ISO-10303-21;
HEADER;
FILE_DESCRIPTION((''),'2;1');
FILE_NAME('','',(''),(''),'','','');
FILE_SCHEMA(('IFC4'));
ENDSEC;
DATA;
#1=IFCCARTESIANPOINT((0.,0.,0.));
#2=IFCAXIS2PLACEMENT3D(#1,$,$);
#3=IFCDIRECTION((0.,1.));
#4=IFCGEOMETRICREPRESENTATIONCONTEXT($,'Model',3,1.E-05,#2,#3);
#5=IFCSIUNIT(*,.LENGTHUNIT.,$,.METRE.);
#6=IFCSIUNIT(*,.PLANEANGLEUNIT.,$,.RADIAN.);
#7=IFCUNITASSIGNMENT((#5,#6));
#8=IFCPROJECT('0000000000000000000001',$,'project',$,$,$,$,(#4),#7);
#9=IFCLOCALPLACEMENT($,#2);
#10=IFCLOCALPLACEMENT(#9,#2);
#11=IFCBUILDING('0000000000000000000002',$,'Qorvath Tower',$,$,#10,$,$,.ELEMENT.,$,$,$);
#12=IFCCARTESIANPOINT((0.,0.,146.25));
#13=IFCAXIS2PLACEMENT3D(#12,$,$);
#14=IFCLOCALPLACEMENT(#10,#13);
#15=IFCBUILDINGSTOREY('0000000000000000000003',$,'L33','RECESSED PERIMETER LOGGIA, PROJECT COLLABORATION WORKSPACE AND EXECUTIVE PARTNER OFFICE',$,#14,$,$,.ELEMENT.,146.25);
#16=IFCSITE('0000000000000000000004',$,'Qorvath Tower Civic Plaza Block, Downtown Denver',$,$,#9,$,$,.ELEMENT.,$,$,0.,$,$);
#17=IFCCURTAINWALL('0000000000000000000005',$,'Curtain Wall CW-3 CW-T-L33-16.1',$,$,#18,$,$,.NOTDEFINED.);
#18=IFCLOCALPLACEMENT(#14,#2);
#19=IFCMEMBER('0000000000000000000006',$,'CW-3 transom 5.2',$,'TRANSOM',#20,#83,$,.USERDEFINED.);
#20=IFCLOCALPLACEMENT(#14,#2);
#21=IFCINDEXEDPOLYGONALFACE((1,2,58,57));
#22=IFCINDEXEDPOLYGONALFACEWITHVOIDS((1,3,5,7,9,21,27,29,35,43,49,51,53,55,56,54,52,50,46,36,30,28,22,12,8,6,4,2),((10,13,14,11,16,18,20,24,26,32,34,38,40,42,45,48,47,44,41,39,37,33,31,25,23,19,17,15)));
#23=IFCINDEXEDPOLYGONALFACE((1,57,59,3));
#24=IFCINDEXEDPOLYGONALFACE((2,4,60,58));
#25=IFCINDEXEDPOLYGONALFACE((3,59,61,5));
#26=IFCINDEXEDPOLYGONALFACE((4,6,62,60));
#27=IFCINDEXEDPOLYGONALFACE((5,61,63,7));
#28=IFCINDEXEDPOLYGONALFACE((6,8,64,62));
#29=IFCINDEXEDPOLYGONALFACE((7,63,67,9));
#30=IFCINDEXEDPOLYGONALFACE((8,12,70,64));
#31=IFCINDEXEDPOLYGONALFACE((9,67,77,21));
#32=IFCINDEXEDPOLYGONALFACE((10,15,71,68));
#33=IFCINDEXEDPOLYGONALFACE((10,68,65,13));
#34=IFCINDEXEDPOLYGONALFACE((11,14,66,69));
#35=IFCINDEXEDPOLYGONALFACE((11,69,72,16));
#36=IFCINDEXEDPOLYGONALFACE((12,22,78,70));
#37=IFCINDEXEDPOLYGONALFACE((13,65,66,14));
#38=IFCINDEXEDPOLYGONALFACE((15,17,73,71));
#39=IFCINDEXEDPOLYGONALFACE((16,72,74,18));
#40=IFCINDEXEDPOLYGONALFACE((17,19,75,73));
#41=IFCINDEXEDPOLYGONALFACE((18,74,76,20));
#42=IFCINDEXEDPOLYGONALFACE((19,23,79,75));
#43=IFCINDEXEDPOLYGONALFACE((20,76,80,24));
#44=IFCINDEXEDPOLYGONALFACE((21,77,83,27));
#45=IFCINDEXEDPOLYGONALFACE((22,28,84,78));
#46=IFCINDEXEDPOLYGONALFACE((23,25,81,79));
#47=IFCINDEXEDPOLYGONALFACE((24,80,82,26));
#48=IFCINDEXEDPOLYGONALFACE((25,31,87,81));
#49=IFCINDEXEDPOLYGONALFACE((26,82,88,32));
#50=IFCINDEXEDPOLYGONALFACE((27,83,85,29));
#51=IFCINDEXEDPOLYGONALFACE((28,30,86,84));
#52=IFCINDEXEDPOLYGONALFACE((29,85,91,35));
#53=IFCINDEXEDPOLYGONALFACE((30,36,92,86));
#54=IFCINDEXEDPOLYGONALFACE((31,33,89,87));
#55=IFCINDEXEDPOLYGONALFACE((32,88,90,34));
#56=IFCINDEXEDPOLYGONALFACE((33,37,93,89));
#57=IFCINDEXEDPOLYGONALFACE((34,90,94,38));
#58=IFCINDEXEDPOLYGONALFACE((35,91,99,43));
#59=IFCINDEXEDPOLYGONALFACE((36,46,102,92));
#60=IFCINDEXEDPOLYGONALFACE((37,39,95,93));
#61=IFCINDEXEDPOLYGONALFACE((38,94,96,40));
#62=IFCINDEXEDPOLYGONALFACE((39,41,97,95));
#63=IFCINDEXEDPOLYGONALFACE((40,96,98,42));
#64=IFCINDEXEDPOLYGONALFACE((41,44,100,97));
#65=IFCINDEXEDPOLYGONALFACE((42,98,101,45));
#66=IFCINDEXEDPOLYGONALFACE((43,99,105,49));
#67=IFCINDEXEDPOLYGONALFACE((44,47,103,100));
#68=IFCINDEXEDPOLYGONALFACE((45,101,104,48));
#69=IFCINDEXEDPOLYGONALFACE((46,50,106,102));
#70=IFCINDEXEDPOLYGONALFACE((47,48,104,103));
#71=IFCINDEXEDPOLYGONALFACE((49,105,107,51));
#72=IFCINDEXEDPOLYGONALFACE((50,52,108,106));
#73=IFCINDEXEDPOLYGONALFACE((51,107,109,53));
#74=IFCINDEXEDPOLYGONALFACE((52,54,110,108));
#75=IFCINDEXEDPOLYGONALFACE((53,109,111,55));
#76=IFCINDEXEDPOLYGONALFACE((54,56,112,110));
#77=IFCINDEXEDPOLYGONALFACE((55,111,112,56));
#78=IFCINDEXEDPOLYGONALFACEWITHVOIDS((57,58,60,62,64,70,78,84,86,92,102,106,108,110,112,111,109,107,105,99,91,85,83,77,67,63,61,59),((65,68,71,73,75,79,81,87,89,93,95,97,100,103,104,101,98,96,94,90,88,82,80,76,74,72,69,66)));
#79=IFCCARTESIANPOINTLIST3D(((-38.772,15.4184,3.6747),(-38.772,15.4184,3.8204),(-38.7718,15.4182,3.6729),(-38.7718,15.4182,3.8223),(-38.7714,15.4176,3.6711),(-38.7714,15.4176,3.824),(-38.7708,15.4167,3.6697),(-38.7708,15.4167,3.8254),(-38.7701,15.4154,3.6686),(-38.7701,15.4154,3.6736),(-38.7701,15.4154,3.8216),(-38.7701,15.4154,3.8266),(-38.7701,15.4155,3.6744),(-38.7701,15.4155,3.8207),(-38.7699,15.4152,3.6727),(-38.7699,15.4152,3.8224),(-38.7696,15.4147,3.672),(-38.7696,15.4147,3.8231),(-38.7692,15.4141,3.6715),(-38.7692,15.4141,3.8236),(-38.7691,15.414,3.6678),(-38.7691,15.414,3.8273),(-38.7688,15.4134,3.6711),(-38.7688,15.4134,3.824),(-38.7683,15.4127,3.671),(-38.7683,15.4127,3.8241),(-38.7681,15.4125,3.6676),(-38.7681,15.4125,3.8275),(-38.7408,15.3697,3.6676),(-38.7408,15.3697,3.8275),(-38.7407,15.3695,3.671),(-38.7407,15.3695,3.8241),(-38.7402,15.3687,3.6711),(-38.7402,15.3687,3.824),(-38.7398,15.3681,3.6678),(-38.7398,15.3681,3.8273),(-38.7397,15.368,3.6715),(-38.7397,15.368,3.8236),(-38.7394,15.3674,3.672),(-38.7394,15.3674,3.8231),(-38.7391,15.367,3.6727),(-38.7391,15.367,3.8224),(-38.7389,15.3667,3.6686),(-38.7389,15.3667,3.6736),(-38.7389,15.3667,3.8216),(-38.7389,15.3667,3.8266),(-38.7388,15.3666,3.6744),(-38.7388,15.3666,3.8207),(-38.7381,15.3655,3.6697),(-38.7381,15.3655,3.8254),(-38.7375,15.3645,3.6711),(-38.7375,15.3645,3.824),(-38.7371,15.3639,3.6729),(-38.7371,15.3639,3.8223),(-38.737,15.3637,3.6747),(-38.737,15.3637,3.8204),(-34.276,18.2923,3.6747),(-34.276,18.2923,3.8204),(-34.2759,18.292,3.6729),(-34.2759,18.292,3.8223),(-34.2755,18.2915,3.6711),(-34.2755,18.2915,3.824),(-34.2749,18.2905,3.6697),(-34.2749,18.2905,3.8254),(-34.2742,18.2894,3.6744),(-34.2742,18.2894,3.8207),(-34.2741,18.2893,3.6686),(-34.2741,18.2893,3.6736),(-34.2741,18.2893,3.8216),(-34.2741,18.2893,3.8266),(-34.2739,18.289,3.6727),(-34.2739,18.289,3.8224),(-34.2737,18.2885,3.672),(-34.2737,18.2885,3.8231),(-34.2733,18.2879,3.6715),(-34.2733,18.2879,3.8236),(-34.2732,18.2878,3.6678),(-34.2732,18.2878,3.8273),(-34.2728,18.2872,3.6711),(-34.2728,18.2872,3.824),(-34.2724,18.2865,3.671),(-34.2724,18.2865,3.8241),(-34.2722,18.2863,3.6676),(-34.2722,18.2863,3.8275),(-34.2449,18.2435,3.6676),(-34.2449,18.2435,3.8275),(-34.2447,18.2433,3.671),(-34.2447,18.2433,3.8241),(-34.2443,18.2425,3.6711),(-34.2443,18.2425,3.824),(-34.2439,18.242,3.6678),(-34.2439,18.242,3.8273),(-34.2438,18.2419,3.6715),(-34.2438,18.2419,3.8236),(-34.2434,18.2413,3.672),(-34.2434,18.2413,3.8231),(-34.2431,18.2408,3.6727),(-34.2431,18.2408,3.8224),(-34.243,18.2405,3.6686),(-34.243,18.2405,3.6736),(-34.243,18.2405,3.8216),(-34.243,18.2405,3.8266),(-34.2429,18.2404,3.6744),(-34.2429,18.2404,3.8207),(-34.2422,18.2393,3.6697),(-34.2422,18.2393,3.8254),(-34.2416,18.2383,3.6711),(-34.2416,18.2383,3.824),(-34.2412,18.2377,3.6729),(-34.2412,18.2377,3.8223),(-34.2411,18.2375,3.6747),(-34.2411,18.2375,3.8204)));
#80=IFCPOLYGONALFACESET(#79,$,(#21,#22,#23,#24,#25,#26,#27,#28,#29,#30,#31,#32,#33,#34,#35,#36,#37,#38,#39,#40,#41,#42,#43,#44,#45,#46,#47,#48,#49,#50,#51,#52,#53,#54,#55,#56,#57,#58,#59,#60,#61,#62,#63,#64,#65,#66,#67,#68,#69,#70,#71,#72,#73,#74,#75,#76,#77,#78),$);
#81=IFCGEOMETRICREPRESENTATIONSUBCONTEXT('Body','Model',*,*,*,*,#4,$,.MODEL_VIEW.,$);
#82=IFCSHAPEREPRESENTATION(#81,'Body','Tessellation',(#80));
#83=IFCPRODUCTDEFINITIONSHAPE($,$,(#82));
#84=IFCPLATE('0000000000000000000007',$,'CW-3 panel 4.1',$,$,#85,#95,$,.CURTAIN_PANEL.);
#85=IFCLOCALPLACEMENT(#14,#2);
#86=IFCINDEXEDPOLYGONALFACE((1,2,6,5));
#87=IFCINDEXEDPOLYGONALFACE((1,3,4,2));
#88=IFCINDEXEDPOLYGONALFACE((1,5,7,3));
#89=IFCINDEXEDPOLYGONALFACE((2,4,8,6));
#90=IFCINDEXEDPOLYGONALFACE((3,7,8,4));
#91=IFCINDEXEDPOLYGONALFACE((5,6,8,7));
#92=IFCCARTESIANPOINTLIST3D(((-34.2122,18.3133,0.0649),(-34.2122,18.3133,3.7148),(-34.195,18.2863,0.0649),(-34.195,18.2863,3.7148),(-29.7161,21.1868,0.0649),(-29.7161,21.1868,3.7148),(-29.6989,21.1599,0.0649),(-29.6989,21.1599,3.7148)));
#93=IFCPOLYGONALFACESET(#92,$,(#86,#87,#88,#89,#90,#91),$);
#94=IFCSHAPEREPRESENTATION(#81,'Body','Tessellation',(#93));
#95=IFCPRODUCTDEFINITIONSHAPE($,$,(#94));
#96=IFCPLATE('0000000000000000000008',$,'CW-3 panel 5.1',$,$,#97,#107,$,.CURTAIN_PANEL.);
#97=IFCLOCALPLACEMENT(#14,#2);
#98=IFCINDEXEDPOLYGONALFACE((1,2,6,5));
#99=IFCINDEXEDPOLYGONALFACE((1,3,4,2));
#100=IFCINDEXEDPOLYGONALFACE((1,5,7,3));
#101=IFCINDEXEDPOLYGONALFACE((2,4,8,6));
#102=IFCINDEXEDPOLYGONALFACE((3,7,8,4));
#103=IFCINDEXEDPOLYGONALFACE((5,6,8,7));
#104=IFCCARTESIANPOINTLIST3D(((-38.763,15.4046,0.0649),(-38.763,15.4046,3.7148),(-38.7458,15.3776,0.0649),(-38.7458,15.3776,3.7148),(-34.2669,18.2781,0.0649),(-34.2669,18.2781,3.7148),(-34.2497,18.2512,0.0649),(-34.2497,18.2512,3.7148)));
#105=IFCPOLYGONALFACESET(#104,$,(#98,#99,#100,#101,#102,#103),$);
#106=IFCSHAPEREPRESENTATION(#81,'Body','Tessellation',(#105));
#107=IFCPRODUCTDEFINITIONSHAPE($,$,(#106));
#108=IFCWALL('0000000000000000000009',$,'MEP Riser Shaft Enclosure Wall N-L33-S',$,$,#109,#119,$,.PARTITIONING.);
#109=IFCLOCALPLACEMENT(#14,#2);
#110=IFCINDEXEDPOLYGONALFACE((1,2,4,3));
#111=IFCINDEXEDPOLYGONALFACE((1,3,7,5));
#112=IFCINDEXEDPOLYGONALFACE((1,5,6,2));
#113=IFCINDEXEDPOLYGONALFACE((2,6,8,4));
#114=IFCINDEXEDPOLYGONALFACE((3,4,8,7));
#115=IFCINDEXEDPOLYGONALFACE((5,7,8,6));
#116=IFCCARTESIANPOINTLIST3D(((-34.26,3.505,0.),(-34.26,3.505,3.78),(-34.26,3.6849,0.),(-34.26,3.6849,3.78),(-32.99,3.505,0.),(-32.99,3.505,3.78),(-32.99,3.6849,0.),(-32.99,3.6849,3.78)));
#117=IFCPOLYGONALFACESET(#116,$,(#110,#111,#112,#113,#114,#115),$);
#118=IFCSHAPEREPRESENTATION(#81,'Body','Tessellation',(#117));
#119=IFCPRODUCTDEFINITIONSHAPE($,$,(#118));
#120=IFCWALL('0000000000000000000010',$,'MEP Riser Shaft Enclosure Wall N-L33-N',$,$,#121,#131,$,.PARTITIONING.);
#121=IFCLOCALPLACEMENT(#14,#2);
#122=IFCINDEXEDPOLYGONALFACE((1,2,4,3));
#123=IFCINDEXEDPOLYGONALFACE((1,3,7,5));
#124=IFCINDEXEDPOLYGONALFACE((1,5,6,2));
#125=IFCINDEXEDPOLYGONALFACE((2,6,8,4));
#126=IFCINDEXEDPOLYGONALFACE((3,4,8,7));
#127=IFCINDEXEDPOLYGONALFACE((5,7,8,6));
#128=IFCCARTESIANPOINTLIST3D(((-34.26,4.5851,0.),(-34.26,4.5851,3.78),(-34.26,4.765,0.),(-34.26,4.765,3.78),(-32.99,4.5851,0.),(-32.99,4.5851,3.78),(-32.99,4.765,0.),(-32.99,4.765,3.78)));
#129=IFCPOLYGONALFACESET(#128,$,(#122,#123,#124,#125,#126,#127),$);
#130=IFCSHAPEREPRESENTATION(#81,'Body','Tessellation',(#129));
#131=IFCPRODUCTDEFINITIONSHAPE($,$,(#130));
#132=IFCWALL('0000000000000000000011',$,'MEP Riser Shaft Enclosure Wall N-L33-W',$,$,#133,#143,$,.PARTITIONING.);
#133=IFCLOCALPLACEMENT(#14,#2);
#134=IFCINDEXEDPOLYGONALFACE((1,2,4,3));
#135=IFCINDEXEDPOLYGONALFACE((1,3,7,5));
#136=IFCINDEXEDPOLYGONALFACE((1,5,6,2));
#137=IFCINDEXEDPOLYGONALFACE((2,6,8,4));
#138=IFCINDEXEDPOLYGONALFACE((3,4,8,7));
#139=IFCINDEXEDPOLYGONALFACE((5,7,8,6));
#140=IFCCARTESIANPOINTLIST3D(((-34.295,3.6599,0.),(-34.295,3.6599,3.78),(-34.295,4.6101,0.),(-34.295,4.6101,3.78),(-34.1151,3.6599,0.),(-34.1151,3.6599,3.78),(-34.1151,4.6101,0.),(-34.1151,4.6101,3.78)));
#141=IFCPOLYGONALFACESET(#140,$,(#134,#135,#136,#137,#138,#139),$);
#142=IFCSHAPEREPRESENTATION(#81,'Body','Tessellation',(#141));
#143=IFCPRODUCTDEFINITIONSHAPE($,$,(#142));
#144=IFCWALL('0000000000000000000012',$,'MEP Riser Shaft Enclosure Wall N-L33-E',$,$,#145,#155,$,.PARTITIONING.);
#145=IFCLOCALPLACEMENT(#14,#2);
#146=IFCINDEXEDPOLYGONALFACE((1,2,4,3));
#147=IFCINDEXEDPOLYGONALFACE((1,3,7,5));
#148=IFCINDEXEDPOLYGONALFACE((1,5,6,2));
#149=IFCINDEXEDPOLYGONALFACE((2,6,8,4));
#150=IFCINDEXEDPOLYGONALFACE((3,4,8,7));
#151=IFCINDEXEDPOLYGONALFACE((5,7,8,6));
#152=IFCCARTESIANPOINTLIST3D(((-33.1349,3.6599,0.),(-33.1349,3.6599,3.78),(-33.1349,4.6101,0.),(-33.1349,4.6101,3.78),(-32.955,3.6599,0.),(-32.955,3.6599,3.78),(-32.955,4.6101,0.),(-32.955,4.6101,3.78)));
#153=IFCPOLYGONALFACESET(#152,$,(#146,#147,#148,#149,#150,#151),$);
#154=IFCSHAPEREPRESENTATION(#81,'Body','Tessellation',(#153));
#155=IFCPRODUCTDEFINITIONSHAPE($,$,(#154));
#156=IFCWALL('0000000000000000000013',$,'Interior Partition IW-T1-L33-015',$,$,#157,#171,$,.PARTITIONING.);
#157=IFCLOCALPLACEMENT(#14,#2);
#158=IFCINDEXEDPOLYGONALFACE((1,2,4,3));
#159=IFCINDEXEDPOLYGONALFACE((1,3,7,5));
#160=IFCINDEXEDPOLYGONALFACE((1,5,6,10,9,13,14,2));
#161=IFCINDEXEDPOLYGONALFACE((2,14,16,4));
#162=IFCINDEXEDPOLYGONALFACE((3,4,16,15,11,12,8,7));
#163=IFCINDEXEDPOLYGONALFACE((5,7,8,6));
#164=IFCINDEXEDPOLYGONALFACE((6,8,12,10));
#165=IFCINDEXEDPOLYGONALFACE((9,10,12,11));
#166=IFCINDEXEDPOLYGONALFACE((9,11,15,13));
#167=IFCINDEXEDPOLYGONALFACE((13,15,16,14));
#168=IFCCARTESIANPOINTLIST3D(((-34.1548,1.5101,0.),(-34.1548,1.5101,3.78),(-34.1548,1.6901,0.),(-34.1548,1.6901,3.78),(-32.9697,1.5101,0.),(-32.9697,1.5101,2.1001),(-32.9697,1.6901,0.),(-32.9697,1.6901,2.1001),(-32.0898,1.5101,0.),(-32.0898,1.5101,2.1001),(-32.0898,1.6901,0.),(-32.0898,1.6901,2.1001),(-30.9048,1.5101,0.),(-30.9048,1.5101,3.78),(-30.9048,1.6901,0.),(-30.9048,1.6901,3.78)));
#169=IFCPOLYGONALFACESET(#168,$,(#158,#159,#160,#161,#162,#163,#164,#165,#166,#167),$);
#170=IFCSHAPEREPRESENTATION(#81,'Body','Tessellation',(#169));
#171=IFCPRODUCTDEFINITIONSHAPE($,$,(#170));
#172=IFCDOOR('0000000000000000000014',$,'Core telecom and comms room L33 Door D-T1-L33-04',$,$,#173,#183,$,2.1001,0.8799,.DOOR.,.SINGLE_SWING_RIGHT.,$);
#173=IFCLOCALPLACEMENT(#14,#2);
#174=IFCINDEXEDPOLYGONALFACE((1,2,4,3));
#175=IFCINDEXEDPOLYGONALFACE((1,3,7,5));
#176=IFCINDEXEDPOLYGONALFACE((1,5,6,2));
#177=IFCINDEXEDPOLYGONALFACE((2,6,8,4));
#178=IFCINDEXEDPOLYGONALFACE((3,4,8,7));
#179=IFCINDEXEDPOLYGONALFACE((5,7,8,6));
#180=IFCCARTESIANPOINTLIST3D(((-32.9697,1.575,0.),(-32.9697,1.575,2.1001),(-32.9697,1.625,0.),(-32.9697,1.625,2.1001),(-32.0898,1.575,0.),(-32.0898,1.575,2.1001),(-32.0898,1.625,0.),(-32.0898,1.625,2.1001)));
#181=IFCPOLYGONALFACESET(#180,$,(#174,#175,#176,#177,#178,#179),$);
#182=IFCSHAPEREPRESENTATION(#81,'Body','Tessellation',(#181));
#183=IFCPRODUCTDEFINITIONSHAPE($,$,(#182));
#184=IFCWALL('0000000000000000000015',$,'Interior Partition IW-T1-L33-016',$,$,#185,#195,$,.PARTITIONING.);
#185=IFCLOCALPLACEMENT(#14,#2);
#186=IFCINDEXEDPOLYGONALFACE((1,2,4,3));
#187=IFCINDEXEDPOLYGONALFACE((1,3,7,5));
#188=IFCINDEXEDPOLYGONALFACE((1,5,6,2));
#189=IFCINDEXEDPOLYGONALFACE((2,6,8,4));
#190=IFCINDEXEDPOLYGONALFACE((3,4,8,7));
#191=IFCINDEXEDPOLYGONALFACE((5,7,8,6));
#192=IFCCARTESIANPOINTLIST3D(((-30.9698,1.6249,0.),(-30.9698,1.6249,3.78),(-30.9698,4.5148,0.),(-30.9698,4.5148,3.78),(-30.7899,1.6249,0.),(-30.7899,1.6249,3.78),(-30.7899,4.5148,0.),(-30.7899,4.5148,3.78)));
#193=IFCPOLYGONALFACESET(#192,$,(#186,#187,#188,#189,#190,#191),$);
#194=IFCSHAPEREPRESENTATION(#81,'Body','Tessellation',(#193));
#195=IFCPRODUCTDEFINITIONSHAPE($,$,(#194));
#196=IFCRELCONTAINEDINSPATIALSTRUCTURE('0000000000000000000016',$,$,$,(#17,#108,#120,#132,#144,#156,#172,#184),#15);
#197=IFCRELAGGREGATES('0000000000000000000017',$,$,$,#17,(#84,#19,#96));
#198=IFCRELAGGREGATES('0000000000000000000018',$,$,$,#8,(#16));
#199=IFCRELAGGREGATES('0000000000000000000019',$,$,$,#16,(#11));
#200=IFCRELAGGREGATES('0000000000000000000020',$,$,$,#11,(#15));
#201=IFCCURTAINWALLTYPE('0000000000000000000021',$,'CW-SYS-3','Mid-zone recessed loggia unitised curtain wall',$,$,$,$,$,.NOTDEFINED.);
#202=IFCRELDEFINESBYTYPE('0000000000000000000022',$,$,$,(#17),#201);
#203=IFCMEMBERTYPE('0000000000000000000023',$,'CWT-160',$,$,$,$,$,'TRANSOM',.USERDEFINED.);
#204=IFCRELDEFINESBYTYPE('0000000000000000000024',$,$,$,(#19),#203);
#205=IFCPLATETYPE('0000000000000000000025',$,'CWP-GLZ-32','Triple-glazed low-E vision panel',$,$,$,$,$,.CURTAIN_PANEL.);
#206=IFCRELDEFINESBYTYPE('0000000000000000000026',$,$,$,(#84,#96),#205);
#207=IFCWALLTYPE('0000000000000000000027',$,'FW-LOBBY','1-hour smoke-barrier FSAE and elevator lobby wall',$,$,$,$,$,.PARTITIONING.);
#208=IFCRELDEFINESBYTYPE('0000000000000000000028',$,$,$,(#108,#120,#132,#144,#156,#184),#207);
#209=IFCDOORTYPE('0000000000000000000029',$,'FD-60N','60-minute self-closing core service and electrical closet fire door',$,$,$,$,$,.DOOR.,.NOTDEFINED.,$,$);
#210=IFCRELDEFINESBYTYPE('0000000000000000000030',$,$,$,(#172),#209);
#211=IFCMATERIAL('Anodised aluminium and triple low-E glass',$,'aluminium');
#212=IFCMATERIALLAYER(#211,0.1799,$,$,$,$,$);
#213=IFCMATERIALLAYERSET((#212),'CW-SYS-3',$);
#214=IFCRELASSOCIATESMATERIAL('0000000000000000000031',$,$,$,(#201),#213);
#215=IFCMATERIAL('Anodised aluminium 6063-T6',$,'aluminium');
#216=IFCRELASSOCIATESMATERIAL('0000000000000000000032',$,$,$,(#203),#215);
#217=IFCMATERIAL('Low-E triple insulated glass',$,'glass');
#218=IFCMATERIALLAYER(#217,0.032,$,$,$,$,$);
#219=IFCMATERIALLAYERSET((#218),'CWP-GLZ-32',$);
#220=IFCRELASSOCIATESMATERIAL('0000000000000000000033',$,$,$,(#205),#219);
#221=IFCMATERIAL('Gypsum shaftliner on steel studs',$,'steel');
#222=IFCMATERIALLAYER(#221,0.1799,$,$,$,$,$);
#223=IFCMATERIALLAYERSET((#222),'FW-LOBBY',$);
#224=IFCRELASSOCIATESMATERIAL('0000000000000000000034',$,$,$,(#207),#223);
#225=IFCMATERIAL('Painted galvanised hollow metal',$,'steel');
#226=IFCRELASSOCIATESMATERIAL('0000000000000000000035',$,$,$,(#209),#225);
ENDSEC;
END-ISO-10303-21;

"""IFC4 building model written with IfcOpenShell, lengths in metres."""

from ifc_helpers import new_model, si_unit, direction, frame, frame_2d, origin, origin_2d, place, context, subcontext, project, spatial, rectangle, hollow_rectangle, extrude, material, layer, layer_set, material_profile, profile_set, type_object, element, fill, aggregate, save


model = new_model("IFC4")

# Units and contexts
model_context = context("Model", 3, precision=1e-05, world=origin(), true_north=direction((0.0, 1.0)))
body_context = subcontext(model_context, "Body", "Model", "MODEL_VIEW")
ifc_project = project(units=[si_unit("LENGTHUNIT", "METRE"), si_unit("PLANEANGLEUNIT", "RADIAN")], contexts=[model_context])

# Site, building, storey
site_placement = place(None, origin())
site = spatial("IfcSite", under=ifc_project, at=site_placement, Name="Qorvath Tower Civic Plaza Block, Downtown Denver", CompositionType="ELEMENT", RefElevation=0.0)
building_placement = place(site_placement, origin())
building = spatial("IfcBuilding", under=site, at=building_placement, Name="Qorvath Tower", CompositionType="ELEMENT")
storey_placement = place(building_placement, frame((0.0, 0.0, 146.25)))
storey = spatial("IfcBuildingStorey", under=building, at=storey_placement, Name="L33", Description="RECESSED PERIMETER LOGGIA, PROJECT COLLABORATION WORKSPACE AND EXECUTIVE PARTNER OFFICE", CompositionType="ELEMENT", Elevation=146.25)

# Curtain wall, member, plates
ifc_material_1 = material(Name="Anodised aluminium and triple low-E glass", Category="aluminium")
ifc_layer_1 = layer(ifc_material_1, 0.1799)
ifc_layer_set_1 = layer_set([ifc_layer_1], Name="CW-SYS-3")
curtain_wall_type = type_object("IfcCurtainWallType", Name="CW-SYS-3", Description="Mid-zone recessed loggia unitised curtain wall", PredefinedType="NOTDEFINED", material=ifc_layer_set_1)
curtain_wall_placement = place(storey_placement, origin())
curtain_wall = element("IfcCurtainWall", 1, at=curtain_wall_placement, inside=storey, type_object=curtain_wall_type, Name="Curtain Wall CW-3 CW-T-L33-16.1", PredefinedType="NOTDEFINED")
ifc_material_2 = material(Name="Anodised aluminium 6063-T6", Category="aluminium")
ifc_material_profile_1 = material_profile(ifc_material_2, hollow_rectangle(XDim=0.0649, YDim=0.1599, WallThickness=0.0034, InnerFilletRadius=0.0034, OuterFilletRadius=0.0071, at=origin_2d()), Name="CWT 160x65")
ifc_profile_set_1 = profile_set([ifc_material_profile_1], Name="Anodised aluminium 6063-T6")
member_type_1 = type_object("IfcMemberType", Name="CWT-160", ElementType="TRANSOM", PredefinedType="USERDEFINED", material=ifc_profile_set_1)
member_1_placement = place(storey_placement, frame((-34.2585, 18.2649, 3.7476), z_axis=(-0.842575, -0.53858, 0.0), x_axis=(0.53858, -0.842575, 0.0)))
member_1 = element("IfcMember", 2, at=member_1_placement, type_object=member_type_1, Name="CW-3 transom 5.2", ObjectType="TRANSOM", PredefinedType="USERDEFINED", context=body_context, shape_type="SweptSolid", body=[
    extrude(hollow_rectangle(XDim=0.0649, YDim=0.1599, WallThickness=0.0034, InnerFilletRadius=0.0034, OuterFilletRadius=0.0071, at=origin_2d()), origin(), (0.0, 0.0, 1.0), 5.3359),
])
ifc_material_3 = material(Name="Low-E triple insulated glass", Category="glass")
ifc_layer_2 = layer(ifc_material_3, 0.032)
ifc_layer_set_2 = layer_set([ifc_layer_2], Name="CWP-GLZ-32")
plate_type = type_object("IfcPlateType", Name="CWP-GLZ-32", Description="Triple-glazed low-E vision panel", PredefinedType="CURTAIN_PANEL", material=ifc_layer_set_2)
plate_1_placement = place(storey_placement, frame((-31.9556, 19.7366, 0.0649), z_axis=(0.0, 0.0, 1.0), x_axis=(-0.842604, -0.538533, 0.0)))
plate_1 = element("IfcPlate", 3, at=plate_1_placement, type_object=plate_type, Name="CW-3 panel 4.1", PredefinedType="CURTAIN_PANEL", context=body_context, shape_type="SweptSolid", body=[
    extrude(rectangle(XDim=5.3359, YDim=0.032, at=origin_2d()), origin(), (0.0, 0.0, 1.0), 3.6499),
])
plate_2_placement = place(storey_placement, frame((-36.5063, 16.8279, 0.0649), z_axis=(0.0, 0.0, 1.0), x_axis=(-0.842604, -0.538533, 0.0)))
plate_2 = element("IfcPlate", 4, at=plate_2_placement, type_object=plate_type, Name="CW-3 panel 5.1", PredefinedType="CURTAIN_PANEL", context=body_context, shape_type="SweptSolid", body=[
    extrude(rectangle(XDim=5.3359, YDim=0.032, at=origin_2d()), origin(), (0.0, 0.0, 1.0), 3.6499),
])
aggregate(curtain_wall, [plate_1, member_1, plate_2])

# Walls
ifc_material_4 = material(Name="Gypsum shaftliner on steel studs", Category="steel")
ifc_layer_3 = layer(ifc_material_4, 0.1799)
ifc_layer_set_3 = layer_set([ifc_layer_3], Name="FW-LOBBY")
wall_type_1 = type_object("IfcWallType", Name="FW-LOBBY", Description="1-hour smoke-barrier FSAE and elevator lobby wall", PredefinedType="PARTITIONING", material=ifc_layer_set_3)
for number, where, z_axis, x_axis, name in (
    (5, (-32.99, 3.595, 0.0), (0.0, 0.0, 1.0), (-1.0, 0.0, 0.0), "MEP Riser Shaft Enclosure Wall N-L33-S"),
    (6, (-34.26, 4.675, 0.0), (0.0, 0.0, 1.0), (1.0, 0.0, 0.0), "MEP Riser Shaft Enclosure Wall N-L33-N"),
):
    element("IfcWall", number, at=place(storey_placement, frame(where, z_axis=z_axis, x_axis=x_axis)), inside=storey, type_object=wall_type_1, Name=name, PredefinedType="PARTITIONING", context=body_context, shape_type="SweptSolid", body=[
        extrude(rectangle(XDim=1.27, YDim=0.1799, at=frame_2d((0.635, 0.0))), origin(), (0.0, 0.0, 1.0), 3.78),
    ])
for number, where, z_axis, x_axis, name in (
    (7, (-34.2051, 3.6599, 0.0), (0.0, 0.0, 1.0), (0.0, 1.0, 0.0), "MEP Riser Shaft Enclosure Wall N-L33-W"),
    (8, (-33.0449, 4.6101, 0.0), (0.0, 0.0, 1.0), (0.0, -1.0, 0.0), "MEP Riser Shaft Enclosure Wall N-L33-E"),
):
    element("IfcWall", number, at=place(storey_placement, frame(where, z_axis=z_axis, x_axis=x_axis)), inside=storey, type_object=wall_type_1, Name=name, PredefinedType="PARTITIONING", context=body_context, shape_type="SweptSolid", body=[
        extrude(rectangle(XDim=0.9502, YDim=0.1799, at=frame_2d((0.4751, 0.0))), origin(), (0.0, 0.0, 1.0), 3.78),
    ])

# Wall, opening, door
wall_1_placement = place(storey_placement, frame((-34.1548, 1.6001, 0.0), z_axis=(0.0, 0.0, 1.0), x_axis=(1.0, 0.0, 0.0)))
wall_1 = element("IfcWall", 9, at=wall_1_placement, inside=storey, type_object=wall_type_1, Name="Interior Partition IW-T1-L33-015", PredefinedType="PARTITIONING", context=body_context, shape_type="SweptSolid", body=[
    extrude(rectangle(XDim=3.25, YDim=0.1799, at=frame_2d((1.625, 0.0))), origin(), (0.0, 0.0, 1.0), 3.78),
])
opening_1_placement = place(wall_1_placement, frame((1.1851, 0.0, 0.0)))
opening_1 = element("IfcOpeningElement", 10, at=opening_1_placement, cuts=wall_1, PredefinedType="OPENING", context=body_context, shape_type="SweptSolid", body=[
    extrude(rectangle(XDim=0.8799, YDim=2.1001, at=frame_2d((0.4399, 1.05))), frame((0.0, 0.1001, 0.0), z_axis=(0.0, -1.0, 0.0), x_axis=(1.0, 0.0, 0.0)), (0.0, 0.0, 1.0), 0.2),
])
ifc_material_5 = material(Name="Painted galvanised hollow metal", Category="steel")
door_type_1 = type_object("IfcDoorType", Name="FD-60N", Description="60-minute self-closing core service and electrical closet fire door", OperationType="NOTDEFINED", PredefinedType="DOOR", material=ifc_material_5)
door_1_placement = place(opening_1_placement, origin())
door_1 = element("IfcDoor", 11, at=door_1_placement, inside=storey, type_object=door_type_1, Name="Core telecom and comms room L33 Door D-T1-L33-04", OperationType="SINGLE_SWING_RIGHT", OverallHeight=2.1001, OverallWidth=0.8799, PredefinedType="DOOR", context=body_context, shape_type="SweptSolid", body=[
    extrude(rectangle(XDim=0.8799, YDim=2.1001, at=frame_2d((0.4399, 1.05))), frame((0.0, 0.0249, 0.0), z_axis=(0.0, -1.0, 0.0), x_axis=(1.0, 0.0, 0.0)), (0.0, 0.0, 1.0), 0.05),
])
fill(opening_1, door_1)

# Wall
wall_2_placement = place(storey_placement, frame((-30.8799, 1.625, 0.0), z_axis=(0.0, 0.0, 1.0), x_axis=(0.0, 1.0, 0.0)))
element("IfcWall", 12, at=wall_2_placement, inside=storey, type_object=wall_type_1, Name="Interior Partition IW-T1-L33-016", PredefinedType="PARTITIONING", context=body_context, shape_type="SweptSolid", body=[
    extrude(rectangle(XDim=2.8899, YDim=0.1799, at=frame_2d((1.4448, 0.0))), origin(), (0.0, 0.0, 1.0), 3.78),
])

save(model, "model.ifc")
